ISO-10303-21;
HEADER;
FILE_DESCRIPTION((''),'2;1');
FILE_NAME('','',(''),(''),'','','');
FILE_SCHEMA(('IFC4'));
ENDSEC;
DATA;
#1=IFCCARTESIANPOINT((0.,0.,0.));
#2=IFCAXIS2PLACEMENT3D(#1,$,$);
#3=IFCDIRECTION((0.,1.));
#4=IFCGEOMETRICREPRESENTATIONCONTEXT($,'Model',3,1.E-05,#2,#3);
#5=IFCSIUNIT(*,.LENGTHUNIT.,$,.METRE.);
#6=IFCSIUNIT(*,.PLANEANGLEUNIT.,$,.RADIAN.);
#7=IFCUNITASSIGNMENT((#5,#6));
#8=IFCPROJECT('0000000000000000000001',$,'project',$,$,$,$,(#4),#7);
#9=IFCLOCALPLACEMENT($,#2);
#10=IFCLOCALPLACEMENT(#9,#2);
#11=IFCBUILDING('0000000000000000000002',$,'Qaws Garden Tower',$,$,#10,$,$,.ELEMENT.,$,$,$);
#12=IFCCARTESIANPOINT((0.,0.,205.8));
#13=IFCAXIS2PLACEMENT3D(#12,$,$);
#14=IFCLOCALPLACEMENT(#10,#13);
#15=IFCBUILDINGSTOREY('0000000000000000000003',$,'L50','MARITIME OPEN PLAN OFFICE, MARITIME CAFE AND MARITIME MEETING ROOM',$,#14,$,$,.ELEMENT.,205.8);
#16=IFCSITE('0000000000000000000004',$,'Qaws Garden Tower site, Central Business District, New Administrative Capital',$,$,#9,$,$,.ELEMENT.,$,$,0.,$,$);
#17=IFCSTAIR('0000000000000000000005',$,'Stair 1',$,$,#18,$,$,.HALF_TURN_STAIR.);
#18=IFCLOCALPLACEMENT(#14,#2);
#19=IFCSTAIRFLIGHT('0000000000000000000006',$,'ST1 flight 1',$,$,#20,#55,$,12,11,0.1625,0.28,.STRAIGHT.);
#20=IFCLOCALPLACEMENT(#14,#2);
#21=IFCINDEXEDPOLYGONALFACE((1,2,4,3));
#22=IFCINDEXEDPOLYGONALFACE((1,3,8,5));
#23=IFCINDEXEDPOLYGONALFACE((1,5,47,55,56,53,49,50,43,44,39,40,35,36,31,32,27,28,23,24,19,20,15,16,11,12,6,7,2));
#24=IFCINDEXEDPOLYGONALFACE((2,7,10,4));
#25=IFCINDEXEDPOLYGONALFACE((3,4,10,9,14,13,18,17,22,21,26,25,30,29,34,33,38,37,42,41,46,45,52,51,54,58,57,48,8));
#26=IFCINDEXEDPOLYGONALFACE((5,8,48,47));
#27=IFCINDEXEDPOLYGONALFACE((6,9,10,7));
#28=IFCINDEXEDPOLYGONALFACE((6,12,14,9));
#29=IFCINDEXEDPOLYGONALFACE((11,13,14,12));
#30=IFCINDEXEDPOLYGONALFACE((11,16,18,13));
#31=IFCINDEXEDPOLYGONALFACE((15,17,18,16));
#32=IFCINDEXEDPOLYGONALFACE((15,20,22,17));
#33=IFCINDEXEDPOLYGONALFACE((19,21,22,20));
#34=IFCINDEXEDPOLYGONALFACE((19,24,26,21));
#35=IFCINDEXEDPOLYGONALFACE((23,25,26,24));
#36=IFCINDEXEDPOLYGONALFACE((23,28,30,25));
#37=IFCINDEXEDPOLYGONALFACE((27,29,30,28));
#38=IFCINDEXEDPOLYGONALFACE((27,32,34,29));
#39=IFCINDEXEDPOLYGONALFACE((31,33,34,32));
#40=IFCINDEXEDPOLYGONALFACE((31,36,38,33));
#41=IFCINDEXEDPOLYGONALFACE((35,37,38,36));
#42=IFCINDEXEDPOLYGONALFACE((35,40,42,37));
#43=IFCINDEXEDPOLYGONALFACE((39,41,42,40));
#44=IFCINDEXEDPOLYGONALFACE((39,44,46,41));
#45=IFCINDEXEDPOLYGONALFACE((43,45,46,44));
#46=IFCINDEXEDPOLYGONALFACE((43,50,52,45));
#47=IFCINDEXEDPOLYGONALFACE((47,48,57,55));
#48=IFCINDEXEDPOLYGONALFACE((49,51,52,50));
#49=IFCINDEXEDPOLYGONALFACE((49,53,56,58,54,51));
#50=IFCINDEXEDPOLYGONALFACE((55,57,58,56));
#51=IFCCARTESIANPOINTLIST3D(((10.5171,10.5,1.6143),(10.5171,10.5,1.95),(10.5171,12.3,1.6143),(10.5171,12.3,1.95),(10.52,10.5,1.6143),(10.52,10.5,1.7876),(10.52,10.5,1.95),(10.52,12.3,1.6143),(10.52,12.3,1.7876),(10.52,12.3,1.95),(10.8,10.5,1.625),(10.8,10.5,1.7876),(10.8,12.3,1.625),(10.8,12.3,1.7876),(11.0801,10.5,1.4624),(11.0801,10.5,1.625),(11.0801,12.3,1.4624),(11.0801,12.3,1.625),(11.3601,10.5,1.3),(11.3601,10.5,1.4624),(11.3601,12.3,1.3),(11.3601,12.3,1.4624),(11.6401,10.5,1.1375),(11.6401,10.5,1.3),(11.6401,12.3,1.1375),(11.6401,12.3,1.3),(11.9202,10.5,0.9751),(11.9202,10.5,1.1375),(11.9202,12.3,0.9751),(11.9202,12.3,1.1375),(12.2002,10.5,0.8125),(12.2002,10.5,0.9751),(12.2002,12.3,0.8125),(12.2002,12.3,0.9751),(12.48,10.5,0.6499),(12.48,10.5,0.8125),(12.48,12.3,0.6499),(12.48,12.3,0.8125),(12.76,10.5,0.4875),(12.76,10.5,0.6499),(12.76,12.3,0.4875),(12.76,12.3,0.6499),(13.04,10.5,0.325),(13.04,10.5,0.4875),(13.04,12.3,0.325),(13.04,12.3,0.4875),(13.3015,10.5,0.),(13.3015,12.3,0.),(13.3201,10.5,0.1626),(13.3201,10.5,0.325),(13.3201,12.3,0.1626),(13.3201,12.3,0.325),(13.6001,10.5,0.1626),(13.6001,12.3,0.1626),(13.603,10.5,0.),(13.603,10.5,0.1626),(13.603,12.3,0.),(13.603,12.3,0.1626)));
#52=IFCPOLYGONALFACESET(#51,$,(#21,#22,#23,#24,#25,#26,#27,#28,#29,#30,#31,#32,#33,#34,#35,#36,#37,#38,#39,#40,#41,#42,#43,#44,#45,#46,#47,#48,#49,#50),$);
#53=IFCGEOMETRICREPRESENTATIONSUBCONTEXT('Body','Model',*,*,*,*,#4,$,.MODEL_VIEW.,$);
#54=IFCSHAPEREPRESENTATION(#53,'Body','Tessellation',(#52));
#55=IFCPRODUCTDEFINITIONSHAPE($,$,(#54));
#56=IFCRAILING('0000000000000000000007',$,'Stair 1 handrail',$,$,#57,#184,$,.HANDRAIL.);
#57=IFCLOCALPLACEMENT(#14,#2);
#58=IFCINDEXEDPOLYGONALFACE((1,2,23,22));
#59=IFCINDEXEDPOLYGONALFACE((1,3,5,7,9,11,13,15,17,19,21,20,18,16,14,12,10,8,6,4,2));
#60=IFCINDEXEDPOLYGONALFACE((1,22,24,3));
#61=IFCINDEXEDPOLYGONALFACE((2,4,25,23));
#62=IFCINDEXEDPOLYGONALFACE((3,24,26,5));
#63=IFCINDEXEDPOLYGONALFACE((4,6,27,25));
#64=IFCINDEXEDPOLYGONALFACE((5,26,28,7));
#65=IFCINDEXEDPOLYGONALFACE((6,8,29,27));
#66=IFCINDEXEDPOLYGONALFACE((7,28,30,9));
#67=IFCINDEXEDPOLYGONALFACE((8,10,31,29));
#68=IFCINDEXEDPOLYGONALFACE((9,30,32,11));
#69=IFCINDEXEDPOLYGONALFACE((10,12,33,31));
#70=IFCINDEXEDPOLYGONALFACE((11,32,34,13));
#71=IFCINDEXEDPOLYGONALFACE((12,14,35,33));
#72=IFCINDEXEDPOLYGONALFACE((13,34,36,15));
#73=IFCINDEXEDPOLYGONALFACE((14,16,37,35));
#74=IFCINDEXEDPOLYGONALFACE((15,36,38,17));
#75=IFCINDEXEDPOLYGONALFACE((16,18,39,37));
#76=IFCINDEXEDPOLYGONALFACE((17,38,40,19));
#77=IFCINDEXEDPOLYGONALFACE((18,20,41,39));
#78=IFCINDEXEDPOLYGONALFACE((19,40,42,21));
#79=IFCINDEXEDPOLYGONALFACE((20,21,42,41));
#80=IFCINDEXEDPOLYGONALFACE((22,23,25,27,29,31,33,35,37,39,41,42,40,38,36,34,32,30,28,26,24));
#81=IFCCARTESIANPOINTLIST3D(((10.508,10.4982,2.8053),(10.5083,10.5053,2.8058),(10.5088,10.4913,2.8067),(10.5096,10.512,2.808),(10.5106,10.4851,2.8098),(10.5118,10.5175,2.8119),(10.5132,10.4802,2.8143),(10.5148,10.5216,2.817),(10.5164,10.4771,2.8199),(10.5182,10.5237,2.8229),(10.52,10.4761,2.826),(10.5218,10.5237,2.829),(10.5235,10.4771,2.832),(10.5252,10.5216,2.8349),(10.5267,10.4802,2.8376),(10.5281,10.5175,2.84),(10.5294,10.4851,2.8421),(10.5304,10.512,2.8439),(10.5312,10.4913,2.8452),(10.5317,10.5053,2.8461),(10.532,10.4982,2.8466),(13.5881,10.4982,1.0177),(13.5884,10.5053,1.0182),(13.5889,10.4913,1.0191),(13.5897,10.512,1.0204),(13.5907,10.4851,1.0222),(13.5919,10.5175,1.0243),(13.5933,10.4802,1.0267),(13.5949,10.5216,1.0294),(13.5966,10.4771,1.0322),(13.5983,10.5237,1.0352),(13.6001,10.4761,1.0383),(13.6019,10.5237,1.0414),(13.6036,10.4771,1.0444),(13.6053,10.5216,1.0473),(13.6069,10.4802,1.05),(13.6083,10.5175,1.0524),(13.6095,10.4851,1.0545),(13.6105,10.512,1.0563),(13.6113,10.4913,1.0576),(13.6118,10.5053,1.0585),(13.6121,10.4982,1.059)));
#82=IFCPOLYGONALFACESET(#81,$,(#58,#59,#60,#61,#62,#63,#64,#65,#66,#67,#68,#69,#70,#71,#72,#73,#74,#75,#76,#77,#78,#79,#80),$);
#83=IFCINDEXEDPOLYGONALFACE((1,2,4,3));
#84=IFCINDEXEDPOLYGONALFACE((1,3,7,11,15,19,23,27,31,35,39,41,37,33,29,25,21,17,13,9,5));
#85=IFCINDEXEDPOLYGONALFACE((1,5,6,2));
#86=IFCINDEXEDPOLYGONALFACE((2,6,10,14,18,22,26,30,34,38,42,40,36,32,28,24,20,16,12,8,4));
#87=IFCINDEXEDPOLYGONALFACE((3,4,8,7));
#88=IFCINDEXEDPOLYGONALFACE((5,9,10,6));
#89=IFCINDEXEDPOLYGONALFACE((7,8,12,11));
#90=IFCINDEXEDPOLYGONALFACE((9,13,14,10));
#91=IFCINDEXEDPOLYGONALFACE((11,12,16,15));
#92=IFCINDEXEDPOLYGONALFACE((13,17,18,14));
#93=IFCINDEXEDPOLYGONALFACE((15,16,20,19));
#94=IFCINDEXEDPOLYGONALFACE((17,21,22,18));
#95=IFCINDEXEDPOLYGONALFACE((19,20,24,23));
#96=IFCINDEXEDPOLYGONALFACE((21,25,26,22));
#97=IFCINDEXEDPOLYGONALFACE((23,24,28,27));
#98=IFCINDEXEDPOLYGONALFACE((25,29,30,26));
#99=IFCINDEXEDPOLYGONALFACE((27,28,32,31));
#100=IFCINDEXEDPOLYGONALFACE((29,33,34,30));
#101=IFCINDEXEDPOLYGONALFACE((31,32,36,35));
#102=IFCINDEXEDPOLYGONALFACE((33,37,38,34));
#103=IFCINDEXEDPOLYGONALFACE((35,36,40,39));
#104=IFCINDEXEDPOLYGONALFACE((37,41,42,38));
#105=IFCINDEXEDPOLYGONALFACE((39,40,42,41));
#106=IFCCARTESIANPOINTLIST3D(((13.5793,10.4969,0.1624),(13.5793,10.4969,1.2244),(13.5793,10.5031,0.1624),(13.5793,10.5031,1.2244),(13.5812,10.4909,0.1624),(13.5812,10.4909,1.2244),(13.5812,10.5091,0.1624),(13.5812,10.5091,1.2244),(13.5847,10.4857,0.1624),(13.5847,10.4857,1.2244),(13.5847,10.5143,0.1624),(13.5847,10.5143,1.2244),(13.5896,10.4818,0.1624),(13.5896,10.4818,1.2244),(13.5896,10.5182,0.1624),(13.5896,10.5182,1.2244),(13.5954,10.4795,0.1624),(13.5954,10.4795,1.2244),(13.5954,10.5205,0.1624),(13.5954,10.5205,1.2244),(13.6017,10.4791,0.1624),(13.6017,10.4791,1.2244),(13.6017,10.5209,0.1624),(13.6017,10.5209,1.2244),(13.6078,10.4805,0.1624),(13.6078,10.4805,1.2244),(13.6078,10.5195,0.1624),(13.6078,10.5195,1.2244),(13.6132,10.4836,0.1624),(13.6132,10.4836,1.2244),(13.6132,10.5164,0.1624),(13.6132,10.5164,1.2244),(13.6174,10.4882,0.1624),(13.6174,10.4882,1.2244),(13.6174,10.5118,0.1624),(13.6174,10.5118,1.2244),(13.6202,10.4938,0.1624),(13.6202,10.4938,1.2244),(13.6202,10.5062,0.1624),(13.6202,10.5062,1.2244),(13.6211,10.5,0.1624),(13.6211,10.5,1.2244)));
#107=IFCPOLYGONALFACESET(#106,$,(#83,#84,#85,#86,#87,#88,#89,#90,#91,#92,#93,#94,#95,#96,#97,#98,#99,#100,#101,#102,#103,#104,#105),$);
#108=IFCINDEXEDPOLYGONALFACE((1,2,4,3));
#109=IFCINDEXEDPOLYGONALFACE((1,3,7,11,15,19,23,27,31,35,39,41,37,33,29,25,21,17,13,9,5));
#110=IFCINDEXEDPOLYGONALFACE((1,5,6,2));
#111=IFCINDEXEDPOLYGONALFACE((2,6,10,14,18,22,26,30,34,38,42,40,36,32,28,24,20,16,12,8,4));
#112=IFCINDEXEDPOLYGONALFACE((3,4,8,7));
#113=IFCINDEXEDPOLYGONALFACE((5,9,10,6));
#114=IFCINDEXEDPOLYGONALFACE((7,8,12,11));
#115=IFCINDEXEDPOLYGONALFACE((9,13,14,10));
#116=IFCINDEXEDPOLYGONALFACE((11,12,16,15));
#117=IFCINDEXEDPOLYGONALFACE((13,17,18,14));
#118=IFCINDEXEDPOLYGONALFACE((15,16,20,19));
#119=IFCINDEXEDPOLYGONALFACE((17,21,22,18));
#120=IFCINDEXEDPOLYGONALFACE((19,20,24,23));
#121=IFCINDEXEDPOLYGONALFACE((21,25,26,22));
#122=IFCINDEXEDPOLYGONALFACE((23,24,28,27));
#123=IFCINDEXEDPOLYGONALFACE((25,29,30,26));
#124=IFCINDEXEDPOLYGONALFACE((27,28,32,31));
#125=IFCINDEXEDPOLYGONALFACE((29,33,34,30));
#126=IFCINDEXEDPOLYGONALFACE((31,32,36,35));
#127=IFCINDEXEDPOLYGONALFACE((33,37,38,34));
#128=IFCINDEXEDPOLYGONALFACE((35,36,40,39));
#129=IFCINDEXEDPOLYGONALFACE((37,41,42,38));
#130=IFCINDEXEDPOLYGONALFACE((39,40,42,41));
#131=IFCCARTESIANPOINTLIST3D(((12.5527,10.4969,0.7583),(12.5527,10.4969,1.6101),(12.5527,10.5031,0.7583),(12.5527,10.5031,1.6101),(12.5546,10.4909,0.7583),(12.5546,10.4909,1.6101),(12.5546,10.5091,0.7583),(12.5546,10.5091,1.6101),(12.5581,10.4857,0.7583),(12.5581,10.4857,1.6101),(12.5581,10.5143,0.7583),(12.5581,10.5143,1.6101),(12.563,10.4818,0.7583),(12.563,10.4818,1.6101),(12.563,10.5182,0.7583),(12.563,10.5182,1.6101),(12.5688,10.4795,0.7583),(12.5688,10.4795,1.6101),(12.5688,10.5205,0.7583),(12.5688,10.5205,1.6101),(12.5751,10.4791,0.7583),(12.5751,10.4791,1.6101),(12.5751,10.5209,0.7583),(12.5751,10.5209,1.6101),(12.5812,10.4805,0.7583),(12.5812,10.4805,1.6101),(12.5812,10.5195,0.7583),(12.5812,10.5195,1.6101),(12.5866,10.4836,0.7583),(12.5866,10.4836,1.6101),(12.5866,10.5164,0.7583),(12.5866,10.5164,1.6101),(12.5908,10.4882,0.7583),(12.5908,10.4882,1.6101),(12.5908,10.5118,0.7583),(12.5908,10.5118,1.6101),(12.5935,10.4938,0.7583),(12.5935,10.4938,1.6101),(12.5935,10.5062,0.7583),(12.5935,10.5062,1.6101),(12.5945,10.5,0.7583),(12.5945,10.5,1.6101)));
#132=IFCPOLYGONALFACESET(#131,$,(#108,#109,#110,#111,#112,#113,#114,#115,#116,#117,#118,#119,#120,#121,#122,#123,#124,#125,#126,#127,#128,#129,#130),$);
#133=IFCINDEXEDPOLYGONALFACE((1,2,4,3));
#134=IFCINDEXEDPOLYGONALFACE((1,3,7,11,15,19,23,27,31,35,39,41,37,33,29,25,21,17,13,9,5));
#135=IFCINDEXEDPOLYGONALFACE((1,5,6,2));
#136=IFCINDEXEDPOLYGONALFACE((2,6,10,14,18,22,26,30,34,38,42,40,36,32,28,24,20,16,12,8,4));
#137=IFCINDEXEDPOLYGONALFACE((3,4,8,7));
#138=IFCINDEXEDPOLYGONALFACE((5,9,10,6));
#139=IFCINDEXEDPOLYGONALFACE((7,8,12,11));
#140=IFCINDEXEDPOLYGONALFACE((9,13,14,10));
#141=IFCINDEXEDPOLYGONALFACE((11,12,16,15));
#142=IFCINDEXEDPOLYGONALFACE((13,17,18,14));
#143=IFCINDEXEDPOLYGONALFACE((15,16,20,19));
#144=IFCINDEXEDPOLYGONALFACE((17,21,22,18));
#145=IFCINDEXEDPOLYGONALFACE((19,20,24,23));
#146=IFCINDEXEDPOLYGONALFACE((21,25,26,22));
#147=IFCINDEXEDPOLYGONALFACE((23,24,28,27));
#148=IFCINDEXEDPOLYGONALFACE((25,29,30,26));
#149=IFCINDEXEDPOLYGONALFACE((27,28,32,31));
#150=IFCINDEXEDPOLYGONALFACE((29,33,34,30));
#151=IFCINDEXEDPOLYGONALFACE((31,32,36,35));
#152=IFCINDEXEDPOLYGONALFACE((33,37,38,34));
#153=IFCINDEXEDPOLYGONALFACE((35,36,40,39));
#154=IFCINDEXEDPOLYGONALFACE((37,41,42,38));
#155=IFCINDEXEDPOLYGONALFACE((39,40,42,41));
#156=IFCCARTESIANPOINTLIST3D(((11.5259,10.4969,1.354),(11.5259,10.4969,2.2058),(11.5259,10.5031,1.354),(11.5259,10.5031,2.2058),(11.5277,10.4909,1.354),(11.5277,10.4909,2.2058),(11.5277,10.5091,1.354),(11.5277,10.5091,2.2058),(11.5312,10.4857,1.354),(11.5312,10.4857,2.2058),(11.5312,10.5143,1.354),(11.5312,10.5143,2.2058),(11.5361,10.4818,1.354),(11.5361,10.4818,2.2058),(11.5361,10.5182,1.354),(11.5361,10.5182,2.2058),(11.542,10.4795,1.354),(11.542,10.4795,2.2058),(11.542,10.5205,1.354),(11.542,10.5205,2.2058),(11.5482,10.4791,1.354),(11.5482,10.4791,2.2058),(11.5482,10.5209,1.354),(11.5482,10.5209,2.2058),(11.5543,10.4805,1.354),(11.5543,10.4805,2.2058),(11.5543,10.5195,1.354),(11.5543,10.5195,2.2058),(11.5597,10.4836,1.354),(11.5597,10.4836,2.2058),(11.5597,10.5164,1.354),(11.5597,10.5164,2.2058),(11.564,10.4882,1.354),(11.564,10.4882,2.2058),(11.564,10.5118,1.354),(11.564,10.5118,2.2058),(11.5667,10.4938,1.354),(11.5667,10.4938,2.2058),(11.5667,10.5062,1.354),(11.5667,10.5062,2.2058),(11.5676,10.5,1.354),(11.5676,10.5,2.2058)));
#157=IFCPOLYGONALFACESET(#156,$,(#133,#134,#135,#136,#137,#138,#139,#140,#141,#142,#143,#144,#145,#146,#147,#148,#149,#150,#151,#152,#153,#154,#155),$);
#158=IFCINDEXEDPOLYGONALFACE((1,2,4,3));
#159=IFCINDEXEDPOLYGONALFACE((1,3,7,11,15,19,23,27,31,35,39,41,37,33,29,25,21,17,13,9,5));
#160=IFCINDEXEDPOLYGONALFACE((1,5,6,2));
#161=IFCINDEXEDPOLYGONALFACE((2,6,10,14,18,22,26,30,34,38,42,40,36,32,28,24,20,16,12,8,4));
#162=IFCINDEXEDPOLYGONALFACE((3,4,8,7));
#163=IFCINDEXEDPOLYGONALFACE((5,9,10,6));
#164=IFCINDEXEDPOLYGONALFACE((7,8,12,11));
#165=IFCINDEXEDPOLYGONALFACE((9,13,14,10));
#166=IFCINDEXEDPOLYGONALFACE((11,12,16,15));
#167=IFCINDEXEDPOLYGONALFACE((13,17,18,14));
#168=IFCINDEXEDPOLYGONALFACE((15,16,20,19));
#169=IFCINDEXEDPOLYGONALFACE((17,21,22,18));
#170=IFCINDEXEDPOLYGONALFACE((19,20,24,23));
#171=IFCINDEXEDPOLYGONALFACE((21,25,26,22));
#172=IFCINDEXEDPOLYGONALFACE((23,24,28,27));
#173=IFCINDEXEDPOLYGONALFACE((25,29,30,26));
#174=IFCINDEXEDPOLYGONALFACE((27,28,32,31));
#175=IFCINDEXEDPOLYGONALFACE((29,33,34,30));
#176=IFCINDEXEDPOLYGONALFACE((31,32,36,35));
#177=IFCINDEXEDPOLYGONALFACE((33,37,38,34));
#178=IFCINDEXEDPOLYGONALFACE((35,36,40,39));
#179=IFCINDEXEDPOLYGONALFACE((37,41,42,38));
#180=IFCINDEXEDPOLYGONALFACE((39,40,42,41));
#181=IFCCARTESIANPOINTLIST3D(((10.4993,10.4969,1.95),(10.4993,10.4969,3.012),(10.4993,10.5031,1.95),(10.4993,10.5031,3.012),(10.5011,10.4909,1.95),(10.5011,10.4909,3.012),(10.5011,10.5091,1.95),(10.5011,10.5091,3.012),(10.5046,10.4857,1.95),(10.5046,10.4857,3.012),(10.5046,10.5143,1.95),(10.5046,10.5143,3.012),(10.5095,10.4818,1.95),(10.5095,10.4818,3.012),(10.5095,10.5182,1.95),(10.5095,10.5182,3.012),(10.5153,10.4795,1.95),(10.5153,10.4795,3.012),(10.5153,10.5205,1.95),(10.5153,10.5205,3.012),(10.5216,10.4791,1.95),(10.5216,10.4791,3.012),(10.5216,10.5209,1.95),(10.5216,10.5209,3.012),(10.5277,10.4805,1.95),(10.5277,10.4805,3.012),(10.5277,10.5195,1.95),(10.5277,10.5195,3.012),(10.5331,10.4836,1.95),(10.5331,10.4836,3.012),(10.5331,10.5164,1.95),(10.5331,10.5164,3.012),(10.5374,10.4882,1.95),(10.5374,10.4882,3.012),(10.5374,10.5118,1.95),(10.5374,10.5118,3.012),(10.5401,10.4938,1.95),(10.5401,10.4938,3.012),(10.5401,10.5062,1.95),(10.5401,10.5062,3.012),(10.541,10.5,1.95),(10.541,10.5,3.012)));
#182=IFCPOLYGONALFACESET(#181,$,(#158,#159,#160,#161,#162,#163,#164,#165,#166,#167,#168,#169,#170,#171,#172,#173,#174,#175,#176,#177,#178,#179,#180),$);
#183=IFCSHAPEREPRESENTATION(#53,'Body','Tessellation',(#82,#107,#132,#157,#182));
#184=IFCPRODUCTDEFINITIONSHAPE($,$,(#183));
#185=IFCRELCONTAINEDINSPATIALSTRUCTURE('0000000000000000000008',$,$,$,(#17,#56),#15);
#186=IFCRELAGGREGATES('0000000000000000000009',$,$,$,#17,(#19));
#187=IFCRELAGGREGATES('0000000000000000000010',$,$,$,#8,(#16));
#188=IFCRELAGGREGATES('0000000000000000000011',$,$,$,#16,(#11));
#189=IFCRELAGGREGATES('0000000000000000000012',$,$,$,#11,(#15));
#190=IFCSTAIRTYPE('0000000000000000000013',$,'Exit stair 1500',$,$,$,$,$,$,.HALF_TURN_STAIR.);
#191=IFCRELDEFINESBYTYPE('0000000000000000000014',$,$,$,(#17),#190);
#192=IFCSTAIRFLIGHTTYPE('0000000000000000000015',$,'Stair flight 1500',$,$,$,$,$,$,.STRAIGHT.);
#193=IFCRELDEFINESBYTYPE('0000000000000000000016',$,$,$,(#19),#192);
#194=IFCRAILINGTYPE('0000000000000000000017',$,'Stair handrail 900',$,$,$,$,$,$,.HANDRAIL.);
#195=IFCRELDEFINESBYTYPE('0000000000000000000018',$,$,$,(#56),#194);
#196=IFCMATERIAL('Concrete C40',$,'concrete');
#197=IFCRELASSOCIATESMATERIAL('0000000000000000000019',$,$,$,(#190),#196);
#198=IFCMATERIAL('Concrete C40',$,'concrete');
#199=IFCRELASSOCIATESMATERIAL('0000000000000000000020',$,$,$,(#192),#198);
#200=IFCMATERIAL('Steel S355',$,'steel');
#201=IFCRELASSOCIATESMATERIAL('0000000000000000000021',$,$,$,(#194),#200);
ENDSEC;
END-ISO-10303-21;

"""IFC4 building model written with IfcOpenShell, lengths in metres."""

from ifc_helpers import new_model, si_unit, direction, frame, origin, origin_2d, place, context, subcontext, project, spatial, polyline, circle, outline, extrude, material, type_object, element, aggregate, save


model = new_model("IFC4")

# Units and contexts
model_context = context("Model", 3, precision=1e-05, world=origin(), true_north=direction((0.0, 1.0)))
body_context = subcontext(model_context, "Body", "Model", "MODEL_VIEW")
ifc_project = project(units=[si_unit("LENGTHUNIT", "METRE"), si_unit("PLANEANGLEUNIT", "RADIAN")], contexts=[model_context])

# Site, building, storey
site_placement = place(None, origin())
site = spatial("IfcSite", under=ifc_project, at=site_placement, Name="Qaws Garden Tower site, Central Business District, New Administrative Capital", CompositionType="ELEMENT", RefElevation=0.0)
building_placement = place(site_placement, origin())
building = spatial("IfcBuilding", under=site, at=building_placement, Name="Qaws Garden Tower", CompositionType="ELEMENT")
storey_placement = place(building_placement, frame((0.0, 0.0, 205.8)))
storey = spatial("IfcBuildingStorey", under=building, at=storey_placement, Name="L50", Description="MARITIME OPEN PLAN OFFICE, MARITIME CAFE AND MARITIME MEETING ROOM", CompositionType="ELEMENT", Elevation=205.8)

# Stair, stair flight
ifc_material_1 = material(Name="Concrete C40", Category="concrete")
stair_type = type_object("IfcStairType", Name="Exit stair 1500", PredefinedType="HALF_TURN_STAIR", material=ifc_material_1)
stair_placement = place(storey_placement, origin())
stair = element("IfcStair", 1, at=stair_placement, inside=storey, type_object=stair_type, Name="Stair 1", PredefinedType="HALF_TURN_STAIR")
ifc_material_2 = material(Name="Concrete C40", Category="concrete")
stair_flight_type = type_object("IfcStairFlightType", Name="Stair flight 1500", PredefinedType="STRAIGHT", material=ifc_material_2)
stair_flight_placement = place(storey_placement, frame((13.6001, 11.3999, 0.0), z_axis=(0.0, 0.0, 1.0), x_axis=(-1.0, 0.0, 0.0)))
stair_flight = element("IfcStairFlight", 2, at=stair_flight_placement, type_object=stair_flight_type, Name="ST1 flight 1", NumberOfRisers=12, NumberOfTreads=11, PredefinedType="STRAIGHT", RiserHeight=0.1625, TreadLength=0.28, context=body_context, shape_type="SweptSolid", body=[
    extrude(outline(polyline([(-0.0029, 0.0), (-0.0029, 0.1626), (0.0, 0.1626), (0.28, 0.1626), (0.28, 0.325), (0.5601, 0.325), (0.5601, 0.4875), (0.8401, 0.4875), (0.8401, 0.6499), (1.1201, 0.6499), (1.1201, 0.8125), (1.3999, 0.8125), (1.3999, 0.9751), (1.6799, 0.9751), (1.6799, 1.1375), (1.96, 1.1375), (1.96, 1.3), (2.24, 1.3), (2.24, 1.4624), (2.52, 1.4624), (2.52, 1.625), (2.8, 1.625), (2.8, 1.7876), (3.0801, 1.7876), (3.0801, 1.95), (3.083, 1.95), (3.083, 1.6143), (3.0801, 1.6143), (0.2986, 0.0), (-0.0029, 0.0)])), frame((0.0, 0.8999, 0.0), z_axis=(0.0, -1.0, 0.0), x_axis=(1.0, 0.0, 0.0)), (0.0, 0.0, 1.0), 1.8),
])
aggregate(stair, [stair_flight])

# Railing
ifc_material_3 = material(Name="Steel S355", Category="steel")
railing_type = type_object("IfcRailingType", Name="Stair handrail 900", PredefinedType="HANDRAIL", material=ifc_material_3)
railing_1_placement = place(storey_placement, frame((13.6001, 10.5, 0.1624)))
element("IfcRailing", 3, at=railing_1_placement, inside=storey, type_object=railing_type, Name="Stair 1 handrail", PredefinedType="HANDRAIL", context=body_context, shape_type="SweptSolid", body=[
    extrude(circle(Radius=0.0239, at=origin_2d()), frame((0.0, 0.0, 0.876), z_axis=(-0.864891, 0.0, 0.50196), x_axis=(0.0, -1.0, 0.0)), (0.0, 0.0, 1.0), 3.5613),
    extrude(circle(Radius=0.021, at=origin_2d()), origin(), (0.0, 0.0, 1.0), 1.062),
    extrude(circle(Radius=0.021, at=origin_2d()), frame((-1.0266, 0.0, 0.5959)), (0.0, 0.0, 1.0), 0.8518),
    extrude(circle(Radius=0.021, at=origin_2d()), frame((-2.0535, 0.0, 1.1917)), (0.0, 0.0, 1.0), 0.8518),
    extrude(circle(Radius=0.021, at=origin_2d()), frame((-3.0801, 0.0, 1.7876)), (0.0, 0.0, 1.0), 1.062),
])

save(model, "model.ifc")
